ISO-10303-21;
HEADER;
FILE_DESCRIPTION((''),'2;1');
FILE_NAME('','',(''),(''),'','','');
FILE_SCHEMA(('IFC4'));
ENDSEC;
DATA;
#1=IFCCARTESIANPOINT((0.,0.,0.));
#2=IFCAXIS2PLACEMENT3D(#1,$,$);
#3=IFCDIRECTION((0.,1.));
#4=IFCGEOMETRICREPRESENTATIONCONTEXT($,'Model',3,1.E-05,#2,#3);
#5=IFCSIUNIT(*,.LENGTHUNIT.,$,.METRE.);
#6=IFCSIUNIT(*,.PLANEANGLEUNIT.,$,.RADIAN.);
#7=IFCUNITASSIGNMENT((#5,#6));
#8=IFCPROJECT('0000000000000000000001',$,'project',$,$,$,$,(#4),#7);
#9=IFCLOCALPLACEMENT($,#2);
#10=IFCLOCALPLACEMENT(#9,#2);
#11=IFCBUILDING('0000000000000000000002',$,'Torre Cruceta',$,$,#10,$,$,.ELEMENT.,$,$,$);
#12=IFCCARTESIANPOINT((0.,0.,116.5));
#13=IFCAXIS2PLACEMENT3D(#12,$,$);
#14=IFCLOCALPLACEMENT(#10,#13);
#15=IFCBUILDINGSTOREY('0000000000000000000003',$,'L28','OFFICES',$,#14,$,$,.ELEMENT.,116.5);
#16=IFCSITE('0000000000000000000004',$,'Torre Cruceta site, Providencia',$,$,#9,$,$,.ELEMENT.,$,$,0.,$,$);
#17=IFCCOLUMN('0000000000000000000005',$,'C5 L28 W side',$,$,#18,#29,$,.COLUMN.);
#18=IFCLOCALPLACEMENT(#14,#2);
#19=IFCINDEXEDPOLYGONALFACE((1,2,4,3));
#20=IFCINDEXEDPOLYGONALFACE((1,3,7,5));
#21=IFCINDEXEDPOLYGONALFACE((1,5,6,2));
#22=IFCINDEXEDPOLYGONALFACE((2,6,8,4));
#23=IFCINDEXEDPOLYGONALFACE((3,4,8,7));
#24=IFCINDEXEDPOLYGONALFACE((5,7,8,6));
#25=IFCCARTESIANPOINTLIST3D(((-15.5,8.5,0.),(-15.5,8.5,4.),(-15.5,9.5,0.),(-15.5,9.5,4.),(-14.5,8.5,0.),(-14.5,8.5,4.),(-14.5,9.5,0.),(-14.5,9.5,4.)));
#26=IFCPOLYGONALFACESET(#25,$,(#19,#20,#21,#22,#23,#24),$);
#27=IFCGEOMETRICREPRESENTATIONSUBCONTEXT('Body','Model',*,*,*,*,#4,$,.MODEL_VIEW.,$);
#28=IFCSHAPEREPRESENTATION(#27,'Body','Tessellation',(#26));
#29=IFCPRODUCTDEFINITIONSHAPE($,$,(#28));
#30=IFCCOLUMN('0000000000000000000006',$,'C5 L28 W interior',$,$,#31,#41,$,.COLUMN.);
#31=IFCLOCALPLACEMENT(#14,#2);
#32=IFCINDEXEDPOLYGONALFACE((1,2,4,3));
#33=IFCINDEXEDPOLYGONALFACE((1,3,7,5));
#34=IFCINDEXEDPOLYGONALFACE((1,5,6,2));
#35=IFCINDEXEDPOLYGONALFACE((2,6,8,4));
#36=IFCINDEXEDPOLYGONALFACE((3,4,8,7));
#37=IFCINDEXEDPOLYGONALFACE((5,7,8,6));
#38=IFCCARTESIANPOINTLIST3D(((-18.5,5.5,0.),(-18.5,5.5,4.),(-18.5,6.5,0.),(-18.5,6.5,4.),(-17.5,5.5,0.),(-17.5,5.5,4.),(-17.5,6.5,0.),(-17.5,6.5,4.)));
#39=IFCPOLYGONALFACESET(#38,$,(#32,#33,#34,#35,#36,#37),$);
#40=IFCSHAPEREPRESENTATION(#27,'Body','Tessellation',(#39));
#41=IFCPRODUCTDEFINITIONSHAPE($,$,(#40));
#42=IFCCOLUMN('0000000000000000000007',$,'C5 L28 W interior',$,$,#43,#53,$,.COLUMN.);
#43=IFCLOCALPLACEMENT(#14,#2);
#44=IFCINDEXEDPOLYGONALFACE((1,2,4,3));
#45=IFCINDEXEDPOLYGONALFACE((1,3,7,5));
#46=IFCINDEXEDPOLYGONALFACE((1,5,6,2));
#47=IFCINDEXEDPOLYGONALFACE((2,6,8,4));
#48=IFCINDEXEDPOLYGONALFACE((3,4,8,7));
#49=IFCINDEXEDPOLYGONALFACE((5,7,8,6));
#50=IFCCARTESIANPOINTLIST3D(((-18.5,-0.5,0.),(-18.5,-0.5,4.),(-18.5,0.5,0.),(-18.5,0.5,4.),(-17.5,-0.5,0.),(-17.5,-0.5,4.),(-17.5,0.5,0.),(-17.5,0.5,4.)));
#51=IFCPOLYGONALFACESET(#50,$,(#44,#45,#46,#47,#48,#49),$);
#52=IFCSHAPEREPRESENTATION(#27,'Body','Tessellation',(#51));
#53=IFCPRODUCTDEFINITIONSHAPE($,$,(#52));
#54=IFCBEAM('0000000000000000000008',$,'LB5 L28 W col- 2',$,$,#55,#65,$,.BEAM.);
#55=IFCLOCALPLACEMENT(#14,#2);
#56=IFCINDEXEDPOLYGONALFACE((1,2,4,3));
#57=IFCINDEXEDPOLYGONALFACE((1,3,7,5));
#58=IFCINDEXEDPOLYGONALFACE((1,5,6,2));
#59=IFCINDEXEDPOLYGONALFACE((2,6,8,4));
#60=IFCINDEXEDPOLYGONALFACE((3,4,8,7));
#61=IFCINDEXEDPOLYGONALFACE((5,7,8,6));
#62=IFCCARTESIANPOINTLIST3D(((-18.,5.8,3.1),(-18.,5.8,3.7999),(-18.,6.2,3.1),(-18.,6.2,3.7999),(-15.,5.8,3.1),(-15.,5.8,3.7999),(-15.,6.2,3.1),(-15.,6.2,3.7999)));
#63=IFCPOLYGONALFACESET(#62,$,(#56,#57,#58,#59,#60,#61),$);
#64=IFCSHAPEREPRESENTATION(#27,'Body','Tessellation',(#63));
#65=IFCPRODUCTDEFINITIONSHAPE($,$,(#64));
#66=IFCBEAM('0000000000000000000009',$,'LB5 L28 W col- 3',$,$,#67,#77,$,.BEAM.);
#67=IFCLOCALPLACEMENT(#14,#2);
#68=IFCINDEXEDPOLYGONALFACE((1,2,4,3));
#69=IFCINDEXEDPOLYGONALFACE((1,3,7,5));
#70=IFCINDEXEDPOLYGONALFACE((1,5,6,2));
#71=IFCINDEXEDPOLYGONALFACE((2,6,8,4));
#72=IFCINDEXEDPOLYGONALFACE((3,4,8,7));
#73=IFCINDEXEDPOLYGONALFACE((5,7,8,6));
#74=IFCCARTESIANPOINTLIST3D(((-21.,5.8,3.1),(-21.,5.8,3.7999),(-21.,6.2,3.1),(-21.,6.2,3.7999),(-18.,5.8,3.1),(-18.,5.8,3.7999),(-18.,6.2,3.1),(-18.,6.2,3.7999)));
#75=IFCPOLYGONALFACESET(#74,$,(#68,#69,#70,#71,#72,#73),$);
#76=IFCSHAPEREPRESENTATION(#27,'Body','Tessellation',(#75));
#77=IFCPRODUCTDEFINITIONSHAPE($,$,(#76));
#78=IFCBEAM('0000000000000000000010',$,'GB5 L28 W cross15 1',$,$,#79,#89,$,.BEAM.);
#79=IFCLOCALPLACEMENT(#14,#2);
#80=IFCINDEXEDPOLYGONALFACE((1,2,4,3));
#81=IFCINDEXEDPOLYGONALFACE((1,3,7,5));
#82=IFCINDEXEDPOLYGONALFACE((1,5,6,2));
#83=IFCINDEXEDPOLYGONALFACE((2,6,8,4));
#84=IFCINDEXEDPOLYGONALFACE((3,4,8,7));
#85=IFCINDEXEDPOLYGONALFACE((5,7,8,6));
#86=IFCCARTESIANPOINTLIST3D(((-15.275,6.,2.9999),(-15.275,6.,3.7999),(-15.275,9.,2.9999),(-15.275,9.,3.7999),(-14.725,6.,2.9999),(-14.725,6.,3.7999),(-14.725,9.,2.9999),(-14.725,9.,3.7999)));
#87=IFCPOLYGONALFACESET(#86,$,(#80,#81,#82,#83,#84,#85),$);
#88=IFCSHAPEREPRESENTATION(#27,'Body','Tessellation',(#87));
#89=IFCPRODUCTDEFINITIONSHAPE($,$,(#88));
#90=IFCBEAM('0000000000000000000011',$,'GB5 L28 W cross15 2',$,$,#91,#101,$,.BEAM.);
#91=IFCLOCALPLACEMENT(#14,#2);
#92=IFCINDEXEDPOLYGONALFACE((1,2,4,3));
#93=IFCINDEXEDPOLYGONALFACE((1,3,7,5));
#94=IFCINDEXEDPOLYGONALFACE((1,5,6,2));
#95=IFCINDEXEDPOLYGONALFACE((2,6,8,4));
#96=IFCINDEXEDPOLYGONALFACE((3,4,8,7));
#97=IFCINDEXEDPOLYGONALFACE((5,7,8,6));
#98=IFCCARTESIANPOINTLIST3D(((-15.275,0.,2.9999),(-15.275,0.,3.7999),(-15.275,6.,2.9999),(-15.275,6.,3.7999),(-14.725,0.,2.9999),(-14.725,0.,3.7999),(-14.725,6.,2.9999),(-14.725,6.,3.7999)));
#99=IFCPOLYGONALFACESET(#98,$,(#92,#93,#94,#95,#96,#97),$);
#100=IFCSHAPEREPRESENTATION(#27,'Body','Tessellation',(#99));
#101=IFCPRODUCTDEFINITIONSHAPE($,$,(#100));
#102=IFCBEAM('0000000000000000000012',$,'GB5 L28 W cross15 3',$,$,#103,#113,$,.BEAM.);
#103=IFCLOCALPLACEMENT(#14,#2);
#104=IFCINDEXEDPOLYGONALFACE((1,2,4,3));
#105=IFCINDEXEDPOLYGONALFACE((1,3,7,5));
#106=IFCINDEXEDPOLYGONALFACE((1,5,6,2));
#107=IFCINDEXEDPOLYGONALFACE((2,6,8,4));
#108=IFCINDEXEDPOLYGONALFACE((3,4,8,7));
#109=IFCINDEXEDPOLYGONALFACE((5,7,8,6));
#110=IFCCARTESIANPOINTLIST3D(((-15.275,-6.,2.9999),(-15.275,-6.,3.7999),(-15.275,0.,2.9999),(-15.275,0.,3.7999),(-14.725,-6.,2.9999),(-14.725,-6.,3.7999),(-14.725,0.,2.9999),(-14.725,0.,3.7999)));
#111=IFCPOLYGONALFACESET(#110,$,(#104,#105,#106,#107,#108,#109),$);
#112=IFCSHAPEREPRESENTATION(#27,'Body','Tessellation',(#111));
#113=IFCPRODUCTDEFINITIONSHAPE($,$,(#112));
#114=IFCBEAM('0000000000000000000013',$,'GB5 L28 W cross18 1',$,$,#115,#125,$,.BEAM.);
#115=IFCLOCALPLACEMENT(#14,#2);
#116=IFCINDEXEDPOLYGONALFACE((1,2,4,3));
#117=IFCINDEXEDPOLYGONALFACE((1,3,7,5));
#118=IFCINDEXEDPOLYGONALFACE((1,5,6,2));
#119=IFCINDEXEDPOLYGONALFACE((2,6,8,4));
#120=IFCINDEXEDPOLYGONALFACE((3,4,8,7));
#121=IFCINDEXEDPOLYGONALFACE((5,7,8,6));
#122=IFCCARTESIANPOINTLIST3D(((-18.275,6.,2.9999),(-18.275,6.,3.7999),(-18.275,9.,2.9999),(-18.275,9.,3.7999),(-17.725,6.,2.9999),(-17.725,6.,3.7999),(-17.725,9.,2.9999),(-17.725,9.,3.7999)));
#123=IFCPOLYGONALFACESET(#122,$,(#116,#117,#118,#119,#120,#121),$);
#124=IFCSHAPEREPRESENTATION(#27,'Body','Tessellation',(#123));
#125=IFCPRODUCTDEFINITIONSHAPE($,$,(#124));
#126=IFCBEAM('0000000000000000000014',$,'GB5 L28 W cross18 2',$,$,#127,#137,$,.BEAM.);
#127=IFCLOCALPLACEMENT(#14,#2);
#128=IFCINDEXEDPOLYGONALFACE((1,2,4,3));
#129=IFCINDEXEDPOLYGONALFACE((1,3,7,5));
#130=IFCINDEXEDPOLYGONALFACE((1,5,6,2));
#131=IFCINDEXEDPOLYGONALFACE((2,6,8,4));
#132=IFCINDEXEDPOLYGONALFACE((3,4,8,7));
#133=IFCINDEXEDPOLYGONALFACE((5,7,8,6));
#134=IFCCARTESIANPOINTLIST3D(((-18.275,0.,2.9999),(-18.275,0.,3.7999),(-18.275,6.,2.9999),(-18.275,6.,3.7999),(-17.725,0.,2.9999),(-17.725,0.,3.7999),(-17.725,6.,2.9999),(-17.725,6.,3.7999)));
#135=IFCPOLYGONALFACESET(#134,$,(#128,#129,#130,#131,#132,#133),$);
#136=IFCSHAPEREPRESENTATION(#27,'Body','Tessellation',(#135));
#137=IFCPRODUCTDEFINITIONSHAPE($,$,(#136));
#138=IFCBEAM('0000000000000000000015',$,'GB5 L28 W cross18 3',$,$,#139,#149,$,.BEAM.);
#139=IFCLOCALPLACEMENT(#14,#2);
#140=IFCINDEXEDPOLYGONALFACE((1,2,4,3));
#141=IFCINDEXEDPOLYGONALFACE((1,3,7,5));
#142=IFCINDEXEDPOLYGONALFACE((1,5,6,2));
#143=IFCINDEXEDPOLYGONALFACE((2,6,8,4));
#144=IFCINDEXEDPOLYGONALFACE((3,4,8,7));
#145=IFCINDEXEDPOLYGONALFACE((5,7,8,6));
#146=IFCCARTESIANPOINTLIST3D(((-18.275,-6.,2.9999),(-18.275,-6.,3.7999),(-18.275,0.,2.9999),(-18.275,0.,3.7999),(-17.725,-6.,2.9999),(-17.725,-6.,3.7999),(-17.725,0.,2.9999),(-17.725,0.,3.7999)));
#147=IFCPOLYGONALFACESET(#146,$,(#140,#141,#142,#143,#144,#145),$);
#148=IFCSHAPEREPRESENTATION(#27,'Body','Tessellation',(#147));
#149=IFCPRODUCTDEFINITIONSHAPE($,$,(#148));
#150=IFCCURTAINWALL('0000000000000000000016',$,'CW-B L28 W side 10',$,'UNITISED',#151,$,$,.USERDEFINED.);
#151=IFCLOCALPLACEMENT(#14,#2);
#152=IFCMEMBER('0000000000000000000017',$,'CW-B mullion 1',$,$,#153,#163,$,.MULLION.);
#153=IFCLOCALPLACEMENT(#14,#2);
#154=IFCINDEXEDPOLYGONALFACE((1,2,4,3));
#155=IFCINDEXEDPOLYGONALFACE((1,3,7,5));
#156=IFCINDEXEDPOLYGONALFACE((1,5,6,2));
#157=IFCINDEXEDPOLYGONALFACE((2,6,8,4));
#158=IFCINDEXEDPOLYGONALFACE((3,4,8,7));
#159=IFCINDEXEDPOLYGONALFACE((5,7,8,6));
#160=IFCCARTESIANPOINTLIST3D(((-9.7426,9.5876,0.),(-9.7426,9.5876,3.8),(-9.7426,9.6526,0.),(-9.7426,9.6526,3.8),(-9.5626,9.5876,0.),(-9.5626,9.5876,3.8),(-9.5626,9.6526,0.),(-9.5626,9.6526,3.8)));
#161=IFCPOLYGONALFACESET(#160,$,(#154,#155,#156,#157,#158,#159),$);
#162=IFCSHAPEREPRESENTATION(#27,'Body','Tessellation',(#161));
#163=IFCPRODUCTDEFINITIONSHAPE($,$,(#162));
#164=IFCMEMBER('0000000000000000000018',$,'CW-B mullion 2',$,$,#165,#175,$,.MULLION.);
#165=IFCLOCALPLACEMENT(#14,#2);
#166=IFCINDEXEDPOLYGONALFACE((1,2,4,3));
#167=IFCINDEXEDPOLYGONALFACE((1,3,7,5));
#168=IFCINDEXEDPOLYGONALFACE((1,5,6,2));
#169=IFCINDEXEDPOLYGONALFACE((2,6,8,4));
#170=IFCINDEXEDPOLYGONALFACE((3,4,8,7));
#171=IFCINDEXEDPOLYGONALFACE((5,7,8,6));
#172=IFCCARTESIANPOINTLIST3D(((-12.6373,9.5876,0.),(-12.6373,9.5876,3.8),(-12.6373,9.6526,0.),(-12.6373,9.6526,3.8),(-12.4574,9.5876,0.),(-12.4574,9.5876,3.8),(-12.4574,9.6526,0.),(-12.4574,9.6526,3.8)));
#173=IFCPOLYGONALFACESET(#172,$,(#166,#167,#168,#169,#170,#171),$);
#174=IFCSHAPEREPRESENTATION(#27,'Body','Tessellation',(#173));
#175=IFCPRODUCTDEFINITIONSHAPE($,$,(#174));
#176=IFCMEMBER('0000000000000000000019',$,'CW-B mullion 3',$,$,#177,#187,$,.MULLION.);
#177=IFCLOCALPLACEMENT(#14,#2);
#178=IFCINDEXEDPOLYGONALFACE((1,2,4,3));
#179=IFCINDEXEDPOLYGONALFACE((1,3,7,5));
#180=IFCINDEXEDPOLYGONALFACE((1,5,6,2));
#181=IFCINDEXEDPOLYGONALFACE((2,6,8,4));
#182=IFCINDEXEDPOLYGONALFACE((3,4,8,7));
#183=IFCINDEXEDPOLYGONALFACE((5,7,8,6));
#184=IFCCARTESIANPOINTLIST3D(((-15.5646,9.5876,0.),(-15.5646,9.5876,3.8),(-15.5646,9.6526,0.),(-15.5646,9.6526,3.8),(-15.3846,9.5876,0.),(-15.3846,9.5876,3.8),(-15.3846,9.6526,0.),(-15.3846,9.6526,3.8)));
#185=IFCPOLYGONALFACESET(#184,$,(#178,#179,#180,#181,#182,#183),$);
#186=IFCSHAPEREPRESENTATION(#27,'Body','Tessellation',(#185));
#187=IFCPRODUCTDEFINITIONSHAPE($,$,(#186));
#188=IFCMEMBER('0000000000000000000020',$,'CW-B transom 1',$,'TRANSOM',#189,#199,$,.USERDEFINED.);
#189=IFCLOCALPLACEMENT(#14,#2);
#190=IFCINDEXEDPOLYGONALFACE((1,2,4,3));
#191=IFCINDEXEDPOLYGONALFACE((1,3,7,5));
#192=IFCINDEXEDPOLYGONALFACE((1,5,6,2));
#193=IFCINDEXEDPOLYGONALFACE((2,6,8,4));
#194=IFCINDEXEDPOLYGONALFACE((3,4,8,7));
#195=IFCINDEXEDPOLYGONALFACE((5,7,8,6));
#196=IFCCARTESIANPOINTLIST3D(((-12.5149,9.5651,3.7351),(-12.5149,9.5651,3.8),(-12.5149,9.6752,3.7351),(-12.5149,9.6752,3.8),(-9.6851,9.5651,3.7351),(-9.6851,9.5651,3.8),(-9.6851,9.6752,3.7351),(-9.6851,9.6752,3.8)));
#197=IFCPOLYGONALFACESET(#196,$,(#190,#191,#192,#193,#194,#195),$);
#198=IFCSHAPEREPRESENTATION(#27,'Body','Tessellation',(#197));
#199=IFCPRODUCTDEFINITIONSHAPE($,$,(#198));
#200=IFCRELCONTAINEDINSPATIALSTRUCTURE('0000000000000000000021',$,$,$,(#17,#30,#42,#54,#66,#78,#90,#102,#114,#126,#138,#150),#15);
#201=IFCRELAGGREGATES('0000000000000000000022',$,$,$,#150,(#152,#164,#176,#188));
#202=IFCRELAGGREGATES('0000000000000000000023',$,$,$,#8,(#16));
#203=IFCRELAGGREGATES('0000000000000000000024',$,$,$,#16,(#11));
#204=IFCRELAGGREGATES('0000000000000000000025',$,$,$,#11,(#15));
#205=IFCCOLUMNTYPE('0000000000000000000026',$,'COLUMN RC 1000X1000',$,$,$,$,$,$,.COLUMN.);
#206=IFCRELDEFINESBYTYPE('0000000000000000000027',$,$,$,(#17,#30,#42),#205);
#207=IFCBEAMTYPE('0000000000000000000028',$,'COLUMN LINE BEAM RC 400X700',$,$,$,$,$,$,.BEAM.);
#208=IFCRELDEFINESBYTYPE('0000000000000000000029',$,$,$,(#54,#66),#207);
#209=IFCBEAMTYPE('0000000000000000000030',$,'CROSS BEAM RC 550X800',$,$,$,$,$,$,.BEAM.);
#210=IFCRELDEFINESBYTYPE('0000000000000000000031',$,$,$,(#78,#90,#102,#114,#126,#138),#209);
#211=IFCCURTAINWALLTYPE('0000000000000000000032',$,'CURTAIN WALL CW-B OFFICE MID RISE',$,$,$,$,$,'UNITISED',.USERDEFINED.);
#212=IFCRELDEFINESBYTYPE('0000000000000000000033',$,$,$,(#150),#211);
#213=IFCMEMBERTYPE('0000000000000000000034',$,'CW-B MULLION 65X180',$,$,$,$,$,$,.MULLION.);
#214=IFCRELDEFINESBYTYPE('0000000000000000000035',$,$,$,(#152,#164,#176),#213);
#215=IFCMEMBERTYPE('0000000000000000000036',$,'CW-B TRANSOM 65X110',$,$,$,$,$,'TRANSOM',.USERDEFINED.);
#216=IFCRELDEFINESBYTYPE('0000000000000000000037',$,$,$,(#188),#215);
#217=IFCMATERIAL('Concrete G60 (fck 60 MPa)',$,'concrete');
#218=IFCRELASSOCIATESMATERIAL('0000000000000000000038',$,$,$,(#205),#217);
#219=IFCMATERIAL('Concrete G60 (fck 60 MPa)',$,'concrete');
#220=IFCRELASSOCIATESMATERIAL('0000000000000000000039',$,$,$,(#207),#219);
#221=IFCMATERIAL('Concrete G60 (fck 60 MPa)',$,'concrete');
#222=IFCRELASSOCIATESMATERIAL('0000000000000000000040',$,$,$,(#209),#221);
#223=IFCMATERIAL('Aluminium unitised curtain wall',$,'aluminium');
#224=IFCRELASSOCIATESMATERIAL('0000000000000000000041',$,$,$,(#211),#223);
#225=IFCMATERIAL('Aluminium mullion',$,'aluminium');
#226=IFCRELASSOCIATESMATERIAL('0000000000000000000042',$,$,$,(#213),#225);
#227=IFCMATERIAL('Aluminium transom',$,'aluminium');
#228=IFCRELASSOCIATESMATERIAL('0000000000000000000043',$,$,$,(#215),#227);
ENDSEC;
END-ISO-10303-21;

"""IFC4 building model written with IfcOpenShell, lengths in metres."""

from ifc_helpers import new_model, si_unit, direction, frame, origin, origin_2d, place, context, subcontext, project, spatial, rectangle, extrude, material, material_profile, profile_set, type_object, element, aggregate, save


model = new_model("IFC4")

# Units and contexts
model_context = context("Model", 3, precision=1e-05, world=origin(), true_north=direction((0.0, 1.0)))
body_context = subcontext(model_context, "Body", "Model", "MODEL_VIEW")
ifc_project = project(units=[si_unit("LENGTHUNIT", "METRE"), si_unit("PLANEANGLEUNIT", "RADIAN")], contexts=[model_context])

# Site, building, storey
site_placement = place(None, origin())
site = spatial("IfcSite", under=ifc_project, at=site_placement, Name="Torre Cruceta site, Providencia", CompositionType="ELEMENT", RefElevation=0.0)
building_placement = place(site_placement, origin())
building = spatial("IfcBuilding", under=site, at=building_placement, Name="Torre Cruceta", CompositionType="ELEMENT")
storey_placement = place(building_placement, frame((0.0, 0.0, 116.5)))
storey = spatial("IfcBuildingStorey", under=building, at=storey_placement, Name="L28", Description="OFFICES", CompositionType="ELEMENT", Elevation=116.5)

# Columns
ifc_material_1 = material(Name="Concrete G60 (fck 60 MPa)", Category="concrete")
ifc_material_profile_1 = material_profile(ifc_material_1, rectangle(XDim=1.0, YDim=1.0, at=origin_2d()), Name="RC 1000X1000")
ifc_profile_set_1 = profile_set([ifc_material_profile_1], Name="Concrete G60 (fck 60 MPa)")
column_type = type_object("IfcColumnType", Name="COLUMN RC 1000X1000", PredefinedType="COLUMN", material=ifc_profile_set_1)
for number, where, z_axis, x_axis, name in (
    (1, (-15.0, 9.0, 0.0), (0.0, 0.0, 1.0), (1.0, 0.0, 0.0), "C5 L28 W side"),
    (2, (-18.0, 6.0, 0.0), (0.0, 0.0, 1.0), (1.0, 0.0, 0.0), "C5 L28 W interior"),
    (3, (-18.0, 0.0, 0.0), (0.0, 0.0, 1.0), (1.0, 0.0, 0.0), "C5 L28 W interior"),
):
    element("IfcColumn", number, at=place(storey_placement, frame(where, z_axis=z_axis, x_axis=x_axis)), inside=storey, type_object=column_type, Name=name, PredefinedType="COLUMN", context=body_context, shape_type="SweptSolid", body=[
        extrude(rectangle(XDim=1.0, YDim=1.0, at=origin_2d()), origin(), (0.0, 0.0, 1.0), 4.0),
    ])

# Beams
ifc_material_2 = material(Name="Concrete G60 (fck 60 MPa)", Category="concrete")
ifc_material_profile_2 = material_profile(ifc_material_2, rectangle(XDim=0.3999, YDim=0.7, at=origin_2d()), Name="RC 400X700")
ifc_profile_set_2 = profile_set([ifc_material_profile_2], Name="Concrete G60 (fck 60 MPa)")
beam_type_1 = type_object("IfcBeamType", Name="COLUMN LINE BEAM RC 400X700", PredefinedType="BEAM", material=ifc_profile_set_2)
for number, where, z_axis, x_axis, name in (
    (4, (-15.0, 6.0, 3.45), (-1.0, 0.0, 0.0), (0.0, -1.0, 0.0), "LB5 L28 W col- 2"),
    (5, (-18.0, 6.0, 3.45), (-1.0, 0.0, 0.0), (0.0, -1.0, 0.0), "LB5 L28 W col- 3"),
):
    element("IfcBeam", number, at=place(storey_placement, frame(where, z_axis=z_axis, x_axis=x_axis)), inside=storey, type_object=beam_type_1, Name=name, PredefinedType="BEAM", context=body_context, shape_type="SweptSolid", body=[
        extrude(rectangle(XDim=0.3999, YDim=0.7, at=origin_2d()), origin(), (0.0, 0.0, 1.0), 3.0),
    ])
ifc_material_3 = material(Name="Concrete G60 (fck 60 MPa)", Category="concrete")
ifc_material_profile_3 = material_profile(ifc_material_3, rectangle(XDim=0.55, YDim=0.8, at=origin_2d()), Name="RC 550X800")
ifc_profile_set_3 = profile_set([ifc_material_profile_3], Name="Concrete G60 (fck 60 MPa)")
beam_type_2 = type_object("IfcBeamType", Name="CROSS BEAM RC 550X800", PredefinedType="BEAM", material=ifc_profile_set_3)
beam_1_placement = place(storey_placement, frame((-15.0, 9.0, 3.3999), z_axis=(0.0, -1.0, 0.0), x_axis=(1.0, 0.0, 0.0)))
element("IfcBeam", 6, at=beam_1_placement, inside=storey, type_object=beam_type_2, Name="GB5 L28 W cross15 1", PredefinedType="BEAM", context=body_context, shape_type="SweptSolid", body=[
    extrude(rectangle(XDim=0.55, YDim=0.8, at=origin_2d()), origin(), (0.0, 0.0, 1.0), 3.0),
])
for number, where, z_axis, x_axis, name in (
    (7, (-15.0, 6.0, 3.3999), (0.0, -1.0, 0.0), (1.0, 0.0, 0.0), "GB5 L28 W cross15 2"),
    (8, (-15.0, 0.0, 3.3999), (0.0, -1.0, 0.0), (1.0, 0.0, 0.0), "GB5 L28 W cross15 3"),
):
    element("IfcBeam", number, at=place(storey_placement, frame(where, z_axis=z_axis, x_axis=x_axis)), inside=storey, type_object=beam_type_2, Name=name, PredefinedType="BEAM", context=body_context, shape_type="SweptSolid", body=[
        extrude(rectangle(XDim=0.55, YDim=0.8, at=origin_2d()), origin(), (0.0, 0.0, 1.0), 6.0),
    ])
beam_2_placement = place(storey_placement, frame((-18.0, 9.0, 3.3999), z_axis=(0.0, -1.0, 0.0), x_axis=(1.0, 0.0, 0.0)))
element("IfcBeam", 9, at=beam_2_placement, inside=storey, type_object=beam_type_2, Name="GB5 L28 W cross18 1", PredefinedType="BEAM", context=body_context, shape_type="SweptSolid", body=[
    extrude(rectangle(XDim=0.55, YDim=0.8, at=origin_2d()), origin(), (0.0, 0.0, 1.0), 3.0),
])
for number, where, z_axis, x_axis, name in (
    (10, (-18.0, 6.0, 3.3999), (0.0, -1.0, 0.0), (1.0, 0.0, 0.0), "GB5 L28 W cross18 2"),
    (11, (-18.0, 0.0, 3.3999), (0.0, -1.0, 0.0), (1.0, 0.0, 0.0), "GB5 L28 W cross18 3"),
):
    element("IfcBeam", number, at=place(storey_placement, frame(where, z_axis=z_axis, x_axis=x_axis)), inside=storey, type_object=beam_type_2, Name=name, PredefinedType="BEAM", context=body_context, shape_type="SweptSolid", body=[
        extrude(rectangle(XDim=0.55, YDim=0.8, at=origin_2d()), origin(), (0.0, 0.0, 1.0), 6.0),
    ])

# Curtain wall, members
ifc_material_4 = material(Name="Aluminium unitised curtain wall", Category="aluminium")
curtain_wall_type = type_object("IfcCurtainWallType", Name="CURTAIN WALL CW-B OFFICE MID RISE", ElementType="UNITISED", PredefinedType="USERDEFINED", material=ifc_material_4)
curtain_wall_placement = place(storey_placement, origin())
curtain_wall = element("IfcCurtainWall", 12, at=curtain_wall_placement, inside=storey, type_object=curtain_wall_type, Name="CW-B L28 W side 10", ObjectType="UNITISED", PredefinedType="USERDEFINED")
ifc_material_5 = material(Name="Aluminium mullion", Category="aluminium")
ifc_material_profile_4 = material_profile(ifc_material_5, rectangle(XDim=0.0649, YDim=0.1799, at=origin_2d()), Name="AL 65X180")
ifc_profile_set_4 = profile_set([ifc_material_profile_4], Name="Aluminium mullion")
member_type_1 = type_object("IfcMemberType", Name="CW-B MULLION 65X180", PredefinedType="MULLION", material=ifc_profile_set_4)
member_1_placement = place(storey_placement, frame((-9.6526, 9.6201, 0.0), z_axis=(0.0, 0.0, 1.0), x_axis=(0.0, -1.0, 0.0)))
member_1 = element("IfcMember", 13, at=member_1_placement, type_object=member_type_1, Name="CW-B mullion 1", PredefinedType="MULLION", context=body_context, shape_type="SweptSolid", body=[
    extrude(rectangle(XDim=0.0649, YDim=0.1799, at=origin_2d()), origin(), (0.0, 0.0, 1.0), 3.8),
])
member_2_placement = place(storey_placement, frame((-12.5474, 9.6201, 0.0), z_axis=(0.0, 0.0, 1.0), x_axis=(0.0, -1.0, 0.0)))
member_2 = element("IfcMember", 14, at=member_2_placement, type_object=member_type_1, Name="CW-B mullion 2", PredefinedType="MULLION", context=body_context, shape_type="SweptSolid", body=[
    extrude(rectangle(XDim=0.0649, YDim=0.1799, at=origin_2d()), origin(), (0.0, 0.0, 1.0), 3.8),
])
member_3_placement = place(storey_placement, frame((-15.4746, 9.6201, 0.0), z_axis=(0.0, 0.0, 1.0), x_axis=(0.0, -1.0, 0.0)))
member_3 = element("IfcMember", 15, at=member_3_placement, type_object=member_type_1, Name="CW-B mullion 3", PredefinedType="MULLION", context=body_context, shape_type="SweptSolid", body=[
    extrude(rectangle(XDim=0.0649, YDim=0.1799, at=origin_2d()), origin(), (0.0, 0.0, 1.0), 3.8),
])
ifc_material_6 = material(Name="Aluminium transom", Category="aluminium")
ifc_material_profile_5 = material_profile(ifc_material_6, rectangle(XDim=0.1101, YDim=0.0649, at=origin_2d()), Name="AL 110X65")
ifc_profile_set_5 = profile_set([ifc_material_profile_5], Name="Aluminium transom")
member_type_2 = type_object("IfcMemberType", Name="CW-B TRANSOM 65X110", ElementType="TRANSOM", PredefinedType="USERDEFINED", material=ifc_profile_set_5)
member_4_placement = place(storey_placement, frame((-9.6851, 9.6201, 3.7676), z_axis=(-1.0, 0.0, 0.0), x_axis=(0.0, -1.0, 0.0)))
member_4 = element("IfcMember", 16, at=member_4_placement, type_object=member_type_2, Name="CW-B transom 1", ObjectType="TRANSOM", PredefinedType="USERDEFINED", context=body_context, shape_type="SweptSolid", body=[
    extrude(rectangle(XDim=0.1101, YDim=0.0649, at=origin_2d()), origin(), (0.0, 0.0, 1.0), 2.8298),
])

aggregate(curtain_wall, [member_1, member_2, member_3, member_4])

save(model, "model.ifc")
